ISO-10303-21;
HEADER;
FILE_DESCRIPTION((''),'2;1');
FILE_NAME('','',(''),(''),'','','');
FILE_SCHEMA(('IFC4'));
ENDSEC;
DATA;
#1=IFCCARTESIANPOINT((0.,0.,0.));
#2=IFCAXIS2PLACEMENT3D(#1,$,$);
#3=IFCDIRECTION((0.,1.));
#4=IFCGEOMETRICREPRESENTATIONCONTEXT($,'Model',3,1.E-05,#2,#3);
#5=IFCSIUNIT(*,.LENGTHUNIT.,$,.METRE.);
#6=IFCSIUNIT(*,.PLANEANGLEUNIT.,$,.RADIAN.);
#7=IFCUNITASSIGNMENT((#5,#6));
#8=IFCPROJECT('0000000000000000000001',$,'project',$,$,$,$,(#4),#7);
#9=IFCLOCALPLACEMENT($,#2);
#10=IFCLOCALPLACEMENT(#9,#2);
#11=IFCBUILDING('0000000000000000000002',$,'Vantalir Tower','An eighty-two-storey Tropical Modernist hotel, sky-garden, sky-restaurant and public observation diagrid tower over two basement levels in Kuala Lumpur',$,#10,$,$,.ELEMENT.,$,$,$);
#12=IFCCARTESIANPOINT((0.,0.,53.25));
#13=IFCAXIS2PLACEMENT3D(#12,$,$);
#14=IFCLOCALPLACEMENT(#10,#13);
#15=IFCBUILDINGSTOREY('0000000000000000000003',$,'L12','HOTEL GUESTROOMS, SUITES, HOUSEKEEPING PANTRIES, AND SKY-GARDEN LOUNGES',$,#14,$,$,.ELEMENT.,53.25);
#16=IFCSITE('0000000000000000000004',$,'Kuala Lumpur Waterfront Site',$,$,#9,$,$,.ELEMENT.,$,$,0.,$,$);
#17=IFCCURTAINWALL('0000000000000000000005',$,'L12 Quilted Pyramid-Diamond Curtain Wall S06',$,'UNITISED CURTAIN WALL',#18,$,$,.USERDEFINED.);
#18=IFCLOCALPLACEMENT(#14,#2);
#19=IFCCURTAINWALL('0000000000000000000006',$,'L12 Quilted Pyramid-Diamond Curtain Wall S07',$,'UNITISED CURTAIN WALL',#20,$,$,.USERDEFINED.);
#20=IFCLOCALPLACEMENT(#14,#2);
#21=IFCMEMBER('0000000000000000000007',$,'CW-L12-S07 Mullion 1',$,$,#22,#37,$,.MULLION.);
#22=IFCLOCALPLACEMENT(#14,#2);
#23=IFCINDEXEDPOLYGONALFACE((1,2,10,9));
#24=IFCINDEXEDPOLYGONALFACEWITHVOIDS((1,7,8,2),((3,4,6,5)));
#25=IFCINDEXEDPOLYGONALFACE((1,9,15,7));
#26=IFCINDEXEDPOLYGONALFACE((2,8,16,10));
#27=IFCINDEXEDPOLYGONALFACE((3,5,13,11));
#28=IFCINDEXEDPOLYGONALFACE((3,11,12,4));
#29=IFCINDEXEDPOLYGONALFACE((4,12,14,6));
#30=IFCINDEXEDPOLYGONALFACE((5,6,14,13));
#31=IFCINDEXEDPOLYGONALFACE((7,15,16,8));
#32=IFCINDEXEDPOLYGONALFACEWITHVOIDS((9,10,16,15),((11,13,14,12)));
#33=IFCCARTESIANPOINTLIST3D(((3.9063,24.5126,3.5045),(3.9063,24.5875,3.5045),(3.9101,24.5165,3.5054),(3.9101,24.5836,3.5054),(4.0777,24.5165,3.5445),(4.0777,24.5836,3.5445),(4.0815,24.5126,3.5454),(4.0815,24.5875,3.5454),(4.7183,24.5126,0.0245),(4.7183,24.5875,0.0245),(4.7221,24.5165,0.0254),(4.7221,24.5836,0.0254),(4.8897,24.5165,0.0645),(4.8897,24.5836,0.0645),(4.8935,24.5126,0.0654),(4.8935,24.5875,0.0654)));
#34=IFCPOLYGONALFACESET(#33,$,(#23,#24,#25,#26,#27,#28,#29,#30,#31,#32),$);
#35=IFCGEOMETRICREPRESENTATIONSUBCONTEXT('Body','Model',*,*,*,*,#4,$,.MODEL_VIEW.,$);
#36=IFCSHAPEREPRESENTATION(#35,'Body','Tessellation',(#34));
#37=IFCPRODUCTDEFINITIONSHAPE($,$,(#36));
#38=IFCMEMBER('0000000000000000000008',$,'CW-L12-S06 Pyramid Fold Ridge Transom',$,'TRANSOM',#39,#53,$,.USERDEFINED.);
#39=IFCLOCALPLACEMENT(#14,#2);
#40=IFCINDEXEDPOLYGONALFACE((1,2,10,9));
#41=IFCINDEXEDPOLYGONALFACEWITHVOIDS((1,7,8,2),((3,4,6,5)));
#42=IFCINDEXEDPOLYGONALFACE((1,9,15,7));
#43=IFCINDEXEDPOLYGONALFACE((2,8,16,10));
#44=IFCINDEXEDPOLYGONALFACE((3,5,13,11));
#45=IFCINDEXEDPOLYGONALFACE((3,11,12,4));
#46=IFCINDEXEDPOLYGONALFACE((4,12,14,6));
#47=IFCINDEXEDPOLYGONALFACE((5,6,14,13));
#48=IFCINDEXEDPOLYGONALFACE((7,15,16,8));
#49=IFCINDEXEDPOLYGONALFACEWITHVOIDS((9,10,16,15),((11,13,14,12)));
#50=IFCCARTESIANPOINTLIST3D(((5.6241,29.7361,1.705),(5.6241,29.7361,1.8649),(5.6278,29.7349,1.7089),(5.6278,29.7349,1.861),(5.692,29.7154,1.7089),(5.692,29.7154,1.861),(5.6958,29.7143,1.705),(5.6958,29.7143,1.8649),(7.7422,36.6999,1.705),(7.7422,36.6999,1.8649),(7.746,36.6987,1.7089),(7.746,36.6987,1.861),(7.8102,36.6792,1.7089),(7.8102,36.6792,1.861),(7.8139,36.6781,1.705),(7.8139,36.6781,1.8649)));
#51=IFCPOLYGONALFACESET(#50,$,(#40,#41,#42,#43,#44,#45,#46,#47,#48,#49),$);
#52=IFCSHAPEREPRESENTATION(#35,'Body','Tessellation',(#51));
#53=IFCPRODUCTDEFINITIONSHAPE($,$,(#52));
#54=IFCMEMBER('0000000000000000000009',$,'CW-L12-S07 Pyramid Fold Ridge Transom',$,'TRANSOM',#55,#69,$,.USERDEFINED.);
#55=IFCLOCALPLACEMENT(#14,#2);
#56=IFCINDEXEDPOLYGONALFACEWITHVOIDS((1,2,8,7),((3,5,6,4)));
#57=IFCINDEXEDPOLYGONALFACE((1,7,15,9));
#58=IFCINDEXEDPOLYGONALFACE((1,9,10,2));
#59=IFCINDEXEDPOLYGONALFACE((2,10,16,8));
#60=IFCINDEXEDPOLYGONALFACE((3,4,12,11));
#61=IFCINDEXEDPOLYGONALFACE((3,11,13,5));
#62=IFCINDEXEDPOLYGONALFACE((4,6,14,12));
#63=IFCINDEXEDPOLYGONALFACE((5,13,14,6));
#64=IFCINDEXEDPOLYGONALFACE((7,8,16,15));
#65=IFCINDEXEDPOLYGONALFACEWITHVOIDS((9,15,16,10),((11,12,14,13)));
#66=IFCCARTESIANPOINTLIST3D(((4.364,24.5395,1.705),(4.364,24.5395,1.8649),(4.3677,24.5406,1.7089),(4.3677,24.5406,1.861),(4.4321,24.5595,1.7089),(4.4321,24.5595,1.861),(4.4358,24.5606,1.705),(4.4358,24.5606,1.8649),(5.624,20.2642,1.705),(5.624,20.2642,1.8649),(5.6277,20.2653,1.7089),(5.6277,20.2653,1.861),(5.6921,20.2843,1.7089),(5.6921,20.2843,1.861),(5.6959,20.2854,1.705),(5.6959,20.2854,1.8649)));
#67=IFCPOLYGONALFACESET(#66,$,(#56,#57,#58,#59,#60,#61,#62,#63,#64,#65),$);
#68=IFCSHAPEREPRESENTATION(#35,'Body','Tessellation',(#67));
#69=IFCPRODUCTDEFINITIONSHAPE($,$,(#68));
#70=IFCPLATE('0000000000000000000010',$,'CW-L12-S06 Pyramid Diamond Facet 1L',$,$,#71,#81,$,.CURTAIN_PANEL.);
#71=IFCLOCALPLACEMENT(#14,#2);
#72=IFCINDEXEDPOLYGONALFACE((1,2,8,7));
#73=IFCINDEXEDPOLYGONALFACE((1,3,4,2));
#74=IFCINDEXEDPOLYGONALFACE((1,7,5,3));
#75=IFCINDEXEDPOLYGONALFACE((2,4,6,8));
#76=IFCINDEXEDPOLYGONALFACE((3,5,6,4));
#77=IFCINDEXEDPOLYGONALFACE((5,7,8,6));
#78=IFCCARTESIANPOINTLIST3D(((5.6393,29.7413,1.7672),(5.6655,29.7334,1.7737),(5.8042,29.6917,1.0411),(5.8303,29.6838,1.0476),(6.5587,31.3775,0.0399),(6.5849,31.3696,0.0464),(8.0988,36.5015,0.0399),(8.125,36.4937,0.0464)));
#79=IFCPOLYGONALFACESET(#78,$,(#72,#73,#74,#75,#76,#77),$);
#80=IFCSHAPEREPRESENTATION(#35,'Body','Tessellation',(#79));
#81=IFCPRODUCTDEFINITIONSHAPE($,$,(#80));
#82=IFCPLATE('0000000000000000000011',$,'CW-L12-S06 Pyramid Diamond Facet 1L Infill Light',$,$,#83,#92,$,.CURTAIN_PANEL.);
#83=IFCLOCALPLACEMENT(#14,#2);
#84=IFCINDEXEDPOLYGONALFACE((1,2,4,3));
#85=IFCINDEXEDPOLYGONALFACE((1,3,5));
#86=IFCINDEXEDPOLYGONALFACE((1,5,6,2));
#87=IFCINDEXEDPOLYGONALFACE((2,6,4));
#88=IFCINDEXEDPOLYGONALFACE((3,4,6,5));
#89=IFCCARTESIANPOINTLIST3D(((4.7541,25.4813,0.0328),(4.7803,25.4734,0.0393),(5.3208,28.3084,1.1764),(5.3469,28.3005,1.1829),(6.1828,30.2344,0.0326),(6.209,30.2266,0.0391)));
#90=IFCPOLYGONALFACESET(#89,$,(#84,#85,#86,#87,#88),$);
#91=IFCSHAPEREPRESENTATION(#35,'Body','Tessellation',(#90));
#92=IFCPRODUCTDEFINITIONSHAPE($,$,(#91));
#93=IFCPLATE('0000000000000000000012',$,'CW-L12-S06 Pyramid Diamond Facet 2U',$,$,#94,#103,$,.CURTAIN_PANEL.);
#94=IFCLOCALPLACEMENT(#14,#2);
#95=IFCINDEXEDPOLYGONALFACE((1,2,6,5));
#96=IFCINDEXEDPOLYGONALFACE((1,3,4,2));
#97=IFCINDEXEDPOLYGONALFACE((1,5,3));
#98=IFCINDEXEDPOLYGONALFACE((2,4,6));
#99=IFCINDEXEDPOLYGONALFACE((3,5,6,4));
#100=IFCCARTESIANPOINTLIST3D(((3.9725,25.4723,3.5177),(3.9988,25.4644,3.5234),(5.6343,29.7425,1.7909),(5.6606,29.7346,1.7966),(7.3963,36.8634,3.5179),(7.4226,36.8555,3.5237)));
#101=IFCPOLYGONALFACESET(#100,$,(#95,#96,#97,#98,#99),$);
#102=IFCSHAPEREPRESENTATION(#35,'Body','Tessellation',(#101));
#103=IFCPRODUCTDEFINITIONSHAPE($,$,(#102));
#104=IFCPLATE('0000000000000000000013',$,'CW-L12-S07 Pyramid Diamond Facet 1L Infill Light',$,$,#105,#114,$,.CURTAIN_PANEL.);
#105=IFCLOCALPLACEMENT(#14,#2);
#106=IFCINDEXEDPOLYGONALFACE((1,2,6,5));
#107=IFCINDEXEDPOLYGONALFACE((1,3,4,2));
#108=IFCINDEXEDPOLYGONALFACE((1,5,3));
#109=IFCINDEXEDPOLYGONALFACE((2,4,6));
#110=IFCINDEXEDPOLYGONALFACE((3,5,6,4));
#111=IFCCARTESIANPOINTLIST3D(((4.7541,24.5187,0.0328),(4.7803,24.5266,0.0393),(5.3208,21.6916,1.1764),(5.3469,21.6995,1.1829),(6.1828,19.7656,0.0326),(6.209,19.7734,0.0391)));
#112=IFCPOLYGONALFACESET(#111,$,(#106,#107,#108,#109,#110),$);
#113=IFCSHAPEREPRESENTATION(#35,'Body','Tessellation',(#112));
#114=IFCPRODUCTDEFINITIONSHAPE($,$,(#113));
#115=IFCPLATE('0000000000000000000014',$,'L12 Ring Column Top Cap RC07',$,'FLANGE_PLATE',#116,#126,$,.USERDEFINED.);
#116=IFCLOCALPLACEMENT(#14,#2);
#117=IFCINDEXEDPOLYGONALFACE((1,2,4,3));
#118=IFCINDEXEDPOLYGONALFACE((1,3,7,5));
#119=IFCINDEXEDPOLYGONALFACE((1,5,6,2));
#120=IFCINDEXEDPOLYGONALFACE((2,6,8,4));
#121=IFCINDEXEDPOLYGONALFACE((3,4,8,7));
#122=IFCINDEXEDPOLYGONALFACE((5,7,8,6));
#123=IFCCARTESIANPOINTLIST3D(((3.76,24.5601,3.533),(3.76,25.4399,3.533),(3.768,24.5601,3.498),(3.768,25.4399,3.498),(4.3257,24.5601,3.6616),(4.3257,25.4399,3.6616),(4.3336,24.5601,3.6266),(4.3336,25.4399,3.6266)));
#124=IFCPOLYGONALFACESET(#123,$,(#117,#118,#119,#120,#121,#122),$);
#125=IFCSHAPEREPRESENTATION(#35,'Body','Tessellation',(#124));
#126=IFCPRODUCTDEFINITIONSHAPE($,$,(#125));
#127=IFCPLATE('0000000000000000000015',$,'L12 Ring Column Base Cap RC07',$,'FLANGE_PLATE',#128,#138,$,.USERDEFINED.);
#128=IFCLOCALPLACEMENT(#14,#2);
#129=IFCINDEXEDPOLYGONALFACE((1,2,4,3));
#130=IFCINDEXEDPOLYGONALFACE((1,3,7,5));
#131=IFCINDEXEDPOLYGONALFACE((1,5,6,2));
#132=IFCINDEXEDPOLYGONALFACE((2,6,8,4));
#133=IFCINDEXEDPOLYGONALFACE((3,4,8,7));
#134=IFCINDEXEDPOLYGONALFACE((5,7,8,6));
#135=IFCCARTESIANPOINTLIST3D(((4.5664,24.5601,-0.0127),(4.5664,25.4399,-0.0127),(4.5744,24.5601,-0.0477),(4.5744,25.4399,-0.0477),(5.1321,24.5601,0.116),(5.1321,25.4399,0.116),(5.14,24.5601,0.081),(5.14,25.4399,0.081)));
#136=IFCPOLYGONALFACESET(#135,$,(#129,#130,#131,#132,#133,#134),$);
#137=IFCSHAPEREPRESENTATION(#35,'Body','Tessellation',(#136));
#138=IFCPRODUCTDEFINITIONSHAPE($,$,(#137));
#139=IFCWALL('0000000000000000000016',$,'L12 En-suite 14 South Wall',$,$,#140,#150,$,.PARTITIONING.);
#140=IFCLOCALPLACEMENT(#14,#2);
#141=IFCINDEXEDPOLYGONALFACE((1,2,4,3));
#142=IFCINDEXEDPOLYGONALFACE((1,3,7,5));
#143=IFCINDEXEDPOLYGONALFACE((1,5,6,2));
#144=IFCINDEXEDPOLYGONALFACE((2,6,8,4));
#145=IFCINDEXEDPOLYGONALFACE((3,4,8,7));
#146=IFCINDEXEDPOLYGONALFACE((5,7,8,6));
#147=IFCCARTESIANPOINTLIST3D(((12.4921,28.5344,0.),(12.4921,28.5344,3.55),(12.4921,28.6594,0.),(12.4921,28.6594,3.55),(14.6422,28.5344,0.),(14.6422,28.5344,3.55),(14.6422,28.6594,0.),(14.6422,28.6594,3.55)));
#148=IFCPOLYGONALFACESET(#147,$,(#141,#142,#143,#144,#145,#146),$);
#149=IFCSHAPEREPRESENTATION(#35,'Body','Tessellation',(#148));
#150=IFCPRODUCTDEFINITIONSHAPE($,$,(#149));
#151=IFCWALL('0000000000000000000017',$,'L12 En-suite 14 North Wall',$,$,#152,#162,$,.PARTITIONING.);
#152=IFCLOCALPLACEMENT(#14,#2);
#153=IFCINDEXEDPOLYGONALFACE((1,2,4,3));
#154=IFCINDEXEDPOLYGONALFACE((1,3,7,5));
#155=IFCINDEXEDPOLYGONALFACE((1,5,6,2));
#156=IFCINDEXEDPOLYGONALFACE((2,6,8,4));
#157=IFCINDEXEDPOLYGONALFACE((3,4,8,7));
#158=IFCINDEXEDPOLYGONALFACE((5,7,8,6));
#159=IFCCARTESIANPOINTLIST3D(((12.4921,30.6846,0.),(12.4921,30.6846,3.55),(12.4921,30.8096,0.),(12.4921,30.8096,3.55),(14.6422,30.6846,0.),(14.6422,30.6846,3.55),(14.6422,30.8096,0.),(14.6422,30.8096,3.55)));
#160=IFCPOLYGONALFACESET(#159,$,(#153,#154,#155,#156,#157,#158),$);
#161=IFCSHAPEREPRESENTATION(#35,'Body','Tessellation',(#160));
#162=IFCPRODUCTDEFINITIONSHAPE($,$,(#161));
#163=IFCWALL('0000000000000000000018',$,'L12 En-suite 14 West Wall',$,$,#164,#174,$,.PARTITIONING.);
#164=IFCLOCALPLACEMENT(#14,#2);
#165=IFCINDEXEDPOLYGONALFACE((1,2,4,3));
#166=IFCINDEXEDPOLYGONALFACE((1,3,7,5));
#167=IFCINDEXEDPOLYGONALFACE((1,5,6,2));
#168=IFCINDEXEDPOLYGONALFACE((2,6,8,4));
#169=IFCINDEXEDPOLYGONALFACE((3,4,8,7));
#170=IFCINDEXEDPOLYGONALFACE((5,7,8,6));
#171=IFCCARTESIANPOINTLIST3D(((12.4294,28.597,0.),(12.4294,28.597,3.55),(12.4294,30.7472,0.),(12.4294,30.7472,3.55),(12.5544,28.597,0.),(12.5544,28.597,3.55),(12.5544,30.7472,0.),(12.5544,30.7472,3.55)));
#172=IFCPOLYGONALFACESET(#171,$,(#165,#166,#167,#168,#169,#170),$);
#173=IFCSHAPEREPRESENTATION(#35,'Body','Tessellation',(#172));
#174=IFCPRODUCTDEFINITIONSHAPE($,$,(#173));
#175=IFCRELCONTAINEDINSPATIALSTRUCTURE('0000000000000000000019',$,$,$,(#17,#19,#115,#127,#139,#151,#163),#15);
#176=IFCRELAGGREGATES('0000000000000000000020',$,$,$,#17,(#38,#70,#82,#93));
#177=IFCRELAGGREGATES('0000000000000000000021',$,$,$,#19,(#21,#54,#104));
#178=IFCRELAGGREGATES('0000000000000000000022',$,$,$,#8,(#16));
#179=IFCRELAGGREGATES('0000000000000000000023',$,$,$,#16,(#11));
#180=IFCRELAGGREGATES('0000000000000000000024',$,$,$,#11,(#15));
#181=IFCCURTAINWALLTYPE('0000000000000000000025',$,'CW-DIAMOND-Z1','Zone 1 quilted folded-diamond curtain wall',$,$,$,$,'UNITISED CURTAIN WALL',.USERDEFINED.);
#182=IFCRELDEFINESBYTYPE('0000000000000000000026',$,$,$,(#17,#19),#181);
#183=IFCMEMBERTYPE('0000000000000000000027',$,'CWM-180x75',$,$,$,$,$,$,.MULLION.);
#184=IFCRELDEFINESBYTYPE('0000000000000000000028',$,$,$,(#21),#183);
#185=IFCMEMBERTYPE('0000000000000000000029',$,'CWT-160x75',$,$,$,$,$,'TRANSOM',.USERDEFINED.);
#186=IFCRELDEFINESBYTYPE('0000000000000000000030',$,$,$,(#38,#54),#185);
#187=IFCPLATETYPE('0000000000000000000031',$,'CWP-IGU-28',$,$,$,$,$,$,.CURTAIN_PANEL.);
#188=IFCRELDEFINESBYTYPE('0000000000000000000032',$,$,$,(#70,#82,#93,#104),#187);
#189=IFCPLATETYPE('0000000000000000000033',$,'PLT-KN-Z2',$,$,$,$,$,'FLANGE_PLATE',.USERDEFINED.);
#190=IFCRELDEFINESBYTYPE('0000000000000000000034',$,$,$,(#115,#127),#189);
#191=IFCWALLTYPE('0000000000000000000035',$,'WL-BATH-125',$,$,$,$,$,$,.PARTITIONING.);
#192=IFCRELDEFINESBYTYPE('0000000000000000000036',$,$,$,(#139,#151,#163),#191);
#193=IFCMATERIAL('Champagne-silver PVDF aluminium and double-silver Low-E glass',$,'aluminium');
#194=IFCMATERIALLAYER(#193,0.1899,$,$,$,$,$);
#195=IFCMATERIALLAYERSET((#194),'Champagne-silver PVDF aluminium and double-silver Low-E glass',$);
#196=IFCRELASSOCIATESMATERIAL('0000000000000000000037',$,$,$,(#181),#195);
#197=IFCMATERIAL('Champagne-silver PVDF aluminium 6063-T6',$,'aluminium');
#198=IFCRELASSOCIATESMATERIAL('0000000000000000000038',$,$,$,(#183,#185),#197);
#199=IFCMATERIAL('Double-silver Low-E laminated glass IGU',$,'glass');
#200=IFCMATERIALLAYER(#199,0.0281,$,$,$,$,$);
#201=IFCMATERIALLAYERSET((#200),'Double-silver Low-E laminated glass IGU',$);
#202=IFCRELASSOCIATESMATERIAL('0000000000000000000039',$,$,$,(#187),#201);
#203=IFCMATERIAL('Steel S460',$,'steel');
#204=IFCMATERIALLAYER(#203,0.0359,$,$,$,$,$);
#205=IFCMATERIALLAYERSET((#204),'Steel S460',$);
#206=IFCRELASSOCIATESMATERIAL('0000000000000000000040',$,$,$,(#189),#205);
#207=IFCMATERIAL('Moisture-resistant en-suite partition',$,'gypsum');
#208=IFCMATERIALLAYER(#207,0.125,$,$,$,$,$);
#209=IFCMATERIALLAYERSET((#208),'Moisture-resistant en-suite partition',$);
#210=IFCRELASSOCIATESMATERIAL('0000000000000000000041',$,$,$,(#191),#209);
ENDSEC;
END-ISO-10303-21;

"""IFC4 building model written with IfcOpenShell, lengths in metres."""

from ifc_helpers import new_model, si_unit, direction, frame, frame_2d, origin, origin_2d, place, context, subcontext, project, spatial, polyline, rectangle, hollow_rectangle, outline, extrude, material, layer, layer_set, material_profile, profile_set, type_object, element, aggregate, save


model = new_model("IFC4")

# Units and contexts
model_context = context("Model", 3, precision=1e-05, world=origin(), true_north=direction((0.0, 1.0)))
body_context = subcontext(model_context, "Body", "Model", "MODEL_VIEW")
ifc_project = project(units=[si_unit("LENGTHUNIT", "METRE"), si_unit("PLANEANGLEUNIT", "RADIAN")], contexts=[model_context])

# Site, building, storey
site_placement = place(None, origin())
site = spatial("IfcSite", under=ifc_project, at=site_placement, Name="Kuala Lumpur Waterfront Site", CompositionType="ELEMENT", RefElevation=0.0)
building_placement = place(site_placement, origin())
building = spatial("IfcBuilding", under=site, at=building_placement, Name="Vantalir Tower", Description="An eighty-two-storey Tropical Modernist hotel, sky-garden, sky-restaurant and public observation diagrid tower over two basement levels in Kuala Lumpur", CompositionType="ELEMENT")
storey_placement = place(building_placement, frame((0.0, 0.0, 53.25)))
storey = spatial("IfcBuildingStorey", under=building, at=storey_placement, Name="L12", Description="HOTEL GUESTROOMS, SUITES, HOUSEKEEPING PANTRIES, AND SKY-GARDEN LOUNGES", CompositionType="ELEMENT", Elevation=53.25)

# Shared definitions
ifc_material_1 = material(Name="Steel S460", Category="steel")

# Curtain wall
ifc_material_2 = material(Name="Champagne-silver PVDF aluminium and double-silver Low-E glass", Category="aluminium")
ifc_layer_1 = layer(ifc_material_2, 0.1899)
ifc_layer_set_1 = layer_set([ifc_layer_1], Name="Champagne-silver PVDF aluminium and double-silver Low-E glass")
curtain_wall_type = type_object("IfcCurtainWallType", Name="CW-DIAMOND-Z1", Description="Zone 1 quilted folded-diamond curtain wall", ElementType="UNITISED CURTAIN WALL", PredefinedType="USERDEFINED", material=ifc_layer_set_1)
curtain_wall_1_placement = place(storey_placement, origin())
curtain_wall_1 = element("IfcCurtainWall", 1, at=curtain_wall_1_placement, inside=storey, type_object=curtain_wall_type, Name="L12 Quilted Pyramid-Diamond Curtain Wall S06", ObjectType="UNITISED CURTAIN WALL", PredefinedType="USERDEFINED")
ifc_material_3 = material(Name="Champagne-silver PVDF aluminium 6063-T6", Category="aluminium")
ifc_material_profile_1 = material_profile(ifc_material_3, hollow_rectangle(XDim=0.075, YDim=0.1799, WallThickness=0.0039, at=origin_2d()), Name="Champagne-silver PVDF aluminium 6063-T6")
ifc_profile_set_1 = profile_set([ifc_material_profile_1], Name="Champagne-silver PVDF aluminium 6063-T6")
member_type_1 = type_object("IfcMemberType", Name="CWM-180x75", PredefinedType="MULLION", material=ifc_profile_set_1)

# Curtain wall, member
curtain_wall_2_placement = place(storey_placement, origin())
curtain_wall_2 = element("IfcCurtainWall", 2, at=curtain_wall_2_placement, inside=storey, type_object=curtain_wall_type, Name="L12 Quilted Pyramid-Diamond Curtain Wall S07", ObjectType="UNITISED CURTAIN WALL", PredefinedType="USERDEFINED")
member_1_placement = place(storey_placement, frame((4.8059, 24.55, 0.0449), z_axis=(-0.227234, 0.0, 0.97384), x_axis=(0.0, -1.0, 0.0)))
member_1 = element("IfcMember", 3, at=member_1_placement, type_object=member_type_1, Name="CW-L12-S07 Mullion 1", PredefinedType="MULLION", context=body_context, shape_type="SweptSolid", body=[
    extrude(hollow_rectangle(XDim=0.075, YDim=0.1799, WallThickness=0.0039, at=origin_2d()), origin(), (0.0, 0.0, 1.0), 3.5735),
])

# Members
ifc_material_profile_2 = material_profile(ifc_material_3, hollow_rectangle(XDim=0.075, YDim=0.1599, WallThickness=0.0039, at=origin_2d()), Name="Champagne-silver PVDF aluminium 6063-T6")
ifc_profile_set_2 = profile_set([ifc_material_profile_2], Name="Champagne-silver PVDF aluminium 6063-T6")
member_type_2 = type_object("IfcMemberType", Name="CWT-160x75", ElementType="TRANSOM", PredefinedType="USERDEFINED", material=ifc_profile_set_2)
member_2_placement = place(storey_placement, frame((7.7781, 36.689, 1.7849), z_axis=(-0.291001, -0.956723, 0.0), x_axis=(0.956723, -0.291001, 0.0)))
member_2 = element("IfcMember", 4, at=member_2_placement, type_object=member_type_2, Name="CW-L12-S06 Pyramid Fold Ridge Transom", ObjectType="TRANSOM", PredefinedType="USERDEFINED", context=body_context, shape_type="SweptSolid", body=[
    extrude(hollow_rectangle(XDim=0.075, YDim=0.1599, WallThickness=0.0039, at=origin_2d()), origin(), (0.0, 0.0, 1.0), 7.2788),
])
member_3_placement = place(storey_placement, frame((4.3999, 24.55, 1.7849), z_axis=(0.282706, -0.959207, 0.0), x_axis=(0.959207, 0.282706, 0.0)))
member_3 = element("IfcMember", 5, at=member_3_placement, type_object=member_type_2, Name="CW-L12-S07 Pyramid Fold Ridge Transom", ObjectType="TRANSOM", PredefinedType="USERDEFINED", context=body_context, shape_type="SweptSolid", body=[
    extrude(hollow_rectangle(XDim=0.075, YDim=0.1599, WallThickness=0.0039, at=origin_2d()), origin(), (0.0, 0.0, 1.0), 4.457),
])

# Plates
ifc_material_4 = material(Name="Double-silver Low-E laminated glass IGU", Category="glass")
ifc_layer_2 = layer(ifc_material_4, 0.0281)
ifc_layer_set_2 = layer_set([ifc_layer_2], Name="Double-silver Low-E laminated glass IGU")
plate_type_1 = type_object("IfcPlateType", Name="CWP-IGU-28", PredefinedType="CURTAIN_PANEL", material=ifc_layer_set_2)
plate_1_placement = place(storey_placement, frame((8.125, 36.4937, 0.0464), z_axis=(0.931843, -0.28008, 0.230703), x_axis=(-0.287845, -0.957677, -0.000003)))
plate_1 = element("IfcPlate", 6, at=plate_1_placement, type_object=plate_type_1, Name="CW-L12-S06 Pyramid Diamond Facet 1L", PredefinedType="CURTAIN_PANEL", context=body_context, shape_type="SweptSolid", body=[
    extrude(outline(polyline([(0.0, 0.0), (5.3505, 0.0), (7.1821, -1.029), (7.1821, -1.7752), (0.0, 0.0)])), origin(), (0.0, 0.0, -1.0), 0.0281),
])
plate_2_placement = place(storey_placement, frame((6.209, 30.2266, 0.0391), z_axis=(0.931846, -0.280083, 0.230688), x_axis=(-0.287858, -0.957673, 0.000049)))
plate_2 = element("IfcPlate", 7, at=plate_2_placement, type_object=plate_type_1, Name="CW-L12-S06 Pyramid Diamond Facet 1L Infill Light", PredefinedType="CURTAIN_PANEL", context=body_context, shape_type="SweptSolid", body=[
    extrude(outline(polyline([(0.0, 0.0), (4.9633, 0.0), (2.0927, -1.1754), (0.0, 0.0)])), origin(), (0.0, 0.0, -1.0), 0.0281),
])
plate_3_placement = place(storey_placement, frame((3.9988, 25.4644, 3.5234), z_axis=(0.937266, -0.281718, 0.205349), x_axis=(0.287849, 0.957676, 0.000021)))
plate_3 = element("IfcPlate", 8, at=plate_3_placement, type_object=plate_type_1, Name="CW-L12-S06 Pyramid Diamond Facet 2U", PredefinedType="CURTAIN_PANEL", context=body_context, shape_type="SweptSolid", body=[
    extrude(outline(polyline([(0.0, 0.0), (11.8945, 0.0), (4.5679, -1.7645), (0.0, 0.0)])), origin(), (0.0, 0.0, -1.0), 0.0281),
])
aggregate(curtain_wall_1, [member_2, plate_1, plate_2, plate_3])
plate_4_placement = place(storey_placement, frame((4.7803, 24.5266, 0.0393), z_axis=(0.931846, 0.280083, 0.230688), x_axis=(0.287858, -0.957673, -0.000049)))
plate_4 = element("IfcPlate", 9, at=plate_4_placement, type_object=plate_type_1, Name="CW-L12-S07 Pyramid Diamond Facet 1L Infill Light", PredefinedType="CURTAIN_PANEL", context=body_context, shape_type="SweptSolid", body=[
    extrude(outline(polyline([(0.0, 0.0), (4.9633, 0.0), (2.8705, -1.1754), (0.0, 0.0)])), origin(), (0.0, 0.0, -1.0), 0.0281),
])
aggregate(curtain_wall_2, [member_1, member_3, plate_4])

# Plates
ifc_layer_3 = layer(ifc_material_1, 0.0359)
ifc_layer_set_3 = layer_set([ifc_layer_3], Name="Steel S460")
plate_type_2 = type_object("IfcPlateType", Name="PLT-KN-Z2", ElementType="FLANGE_PLATE", PredefinedType="USERDEFINED", material=ifc_layer_set_3)
for number, where, z_axis, x_axis, name in (
    (10, (3.76, 25.4399, 3.533), (-0.221785, 0.0, 0.975096), (0.0, -1.0, 0.0), "L12 Ring Column Top Cap RC07"),
    (11, (4.5664, 25.4399, -0.0127), (-0.221785, 0.0, 0.975096), (0.0, -1.0, 0.0), "L12 Ring Column Base Cap RC07"),
):
    element("IfcPlate", number, at=place(storey_placement, frame(where, z_axis=z_axis, x_axis=x_axis)), inside=storey, type_object=plate_type_2, Name=name, ObjectType="FLANGE_PLATE", PredefinedType="USERDEFINED", context=body_context, shape_type="SweptSolid", body=[
        extrude(outline(polyline([(0.0, 0.0), (0.8799, 0.0), (0.8799, 0.5801), (0.0, 0.5801), (0.0, 0.0)])), origin(), (0.0, 0.0, -1.0), 0.0359),
    ])

# Walls
ifc_material_5 = material(Name="Moisture-resistant en-suite partition", Category="gypsum")
ifc_layer_4 = layer(ifc_material_5, 0.125)
ifc_layer_set_4 = layer_set([ifc_layer_4], Name="Moisture-resistant en-suite partition")
wall_type_1 = type_object("IfcWallType", Name="WL-BATH-125", PredefinedType="PARTITIONING", material=ifc_layer_set_4)
for number, where, z_axis, x_axis, name in (
    (12, (12.4919, 28.5969, 0.0), (0.0, 0.0, 1.0), (1.0, 0.0, 0.0), "L12 En-suite 14 South Wall"),
    (13, (12.4919, 30.7471, 0.0), (0.0, 0.0, 1.0), (1.0, 0.0, 0.0), "L12 En-suite 14 North Wall"),
    (14, (12.4919, 28.5969, 0.0), (0.0, 0.0, 1.0), (0.0, 1.0, 0.0), "L12 En-suite 14 West Wall"),
):
    element("IfcWall", number, at=place(storey_placement, frame(where, z_axis=z_axis, x_axis=x_axis)), inside=storey, type_object=wall_type_1, Name=name, PredefinedType="PARTITIONING", context=body_context, shape_type="SweptSolid", body=[
        extrude(rectangle(XDim=2.1501, YDim=0.125, at=frame_2d((1.0752, 0.0))), origin(), (0.0, 0.0, 1.0), 3.55),
    ])

save(model, "model.ifc")
